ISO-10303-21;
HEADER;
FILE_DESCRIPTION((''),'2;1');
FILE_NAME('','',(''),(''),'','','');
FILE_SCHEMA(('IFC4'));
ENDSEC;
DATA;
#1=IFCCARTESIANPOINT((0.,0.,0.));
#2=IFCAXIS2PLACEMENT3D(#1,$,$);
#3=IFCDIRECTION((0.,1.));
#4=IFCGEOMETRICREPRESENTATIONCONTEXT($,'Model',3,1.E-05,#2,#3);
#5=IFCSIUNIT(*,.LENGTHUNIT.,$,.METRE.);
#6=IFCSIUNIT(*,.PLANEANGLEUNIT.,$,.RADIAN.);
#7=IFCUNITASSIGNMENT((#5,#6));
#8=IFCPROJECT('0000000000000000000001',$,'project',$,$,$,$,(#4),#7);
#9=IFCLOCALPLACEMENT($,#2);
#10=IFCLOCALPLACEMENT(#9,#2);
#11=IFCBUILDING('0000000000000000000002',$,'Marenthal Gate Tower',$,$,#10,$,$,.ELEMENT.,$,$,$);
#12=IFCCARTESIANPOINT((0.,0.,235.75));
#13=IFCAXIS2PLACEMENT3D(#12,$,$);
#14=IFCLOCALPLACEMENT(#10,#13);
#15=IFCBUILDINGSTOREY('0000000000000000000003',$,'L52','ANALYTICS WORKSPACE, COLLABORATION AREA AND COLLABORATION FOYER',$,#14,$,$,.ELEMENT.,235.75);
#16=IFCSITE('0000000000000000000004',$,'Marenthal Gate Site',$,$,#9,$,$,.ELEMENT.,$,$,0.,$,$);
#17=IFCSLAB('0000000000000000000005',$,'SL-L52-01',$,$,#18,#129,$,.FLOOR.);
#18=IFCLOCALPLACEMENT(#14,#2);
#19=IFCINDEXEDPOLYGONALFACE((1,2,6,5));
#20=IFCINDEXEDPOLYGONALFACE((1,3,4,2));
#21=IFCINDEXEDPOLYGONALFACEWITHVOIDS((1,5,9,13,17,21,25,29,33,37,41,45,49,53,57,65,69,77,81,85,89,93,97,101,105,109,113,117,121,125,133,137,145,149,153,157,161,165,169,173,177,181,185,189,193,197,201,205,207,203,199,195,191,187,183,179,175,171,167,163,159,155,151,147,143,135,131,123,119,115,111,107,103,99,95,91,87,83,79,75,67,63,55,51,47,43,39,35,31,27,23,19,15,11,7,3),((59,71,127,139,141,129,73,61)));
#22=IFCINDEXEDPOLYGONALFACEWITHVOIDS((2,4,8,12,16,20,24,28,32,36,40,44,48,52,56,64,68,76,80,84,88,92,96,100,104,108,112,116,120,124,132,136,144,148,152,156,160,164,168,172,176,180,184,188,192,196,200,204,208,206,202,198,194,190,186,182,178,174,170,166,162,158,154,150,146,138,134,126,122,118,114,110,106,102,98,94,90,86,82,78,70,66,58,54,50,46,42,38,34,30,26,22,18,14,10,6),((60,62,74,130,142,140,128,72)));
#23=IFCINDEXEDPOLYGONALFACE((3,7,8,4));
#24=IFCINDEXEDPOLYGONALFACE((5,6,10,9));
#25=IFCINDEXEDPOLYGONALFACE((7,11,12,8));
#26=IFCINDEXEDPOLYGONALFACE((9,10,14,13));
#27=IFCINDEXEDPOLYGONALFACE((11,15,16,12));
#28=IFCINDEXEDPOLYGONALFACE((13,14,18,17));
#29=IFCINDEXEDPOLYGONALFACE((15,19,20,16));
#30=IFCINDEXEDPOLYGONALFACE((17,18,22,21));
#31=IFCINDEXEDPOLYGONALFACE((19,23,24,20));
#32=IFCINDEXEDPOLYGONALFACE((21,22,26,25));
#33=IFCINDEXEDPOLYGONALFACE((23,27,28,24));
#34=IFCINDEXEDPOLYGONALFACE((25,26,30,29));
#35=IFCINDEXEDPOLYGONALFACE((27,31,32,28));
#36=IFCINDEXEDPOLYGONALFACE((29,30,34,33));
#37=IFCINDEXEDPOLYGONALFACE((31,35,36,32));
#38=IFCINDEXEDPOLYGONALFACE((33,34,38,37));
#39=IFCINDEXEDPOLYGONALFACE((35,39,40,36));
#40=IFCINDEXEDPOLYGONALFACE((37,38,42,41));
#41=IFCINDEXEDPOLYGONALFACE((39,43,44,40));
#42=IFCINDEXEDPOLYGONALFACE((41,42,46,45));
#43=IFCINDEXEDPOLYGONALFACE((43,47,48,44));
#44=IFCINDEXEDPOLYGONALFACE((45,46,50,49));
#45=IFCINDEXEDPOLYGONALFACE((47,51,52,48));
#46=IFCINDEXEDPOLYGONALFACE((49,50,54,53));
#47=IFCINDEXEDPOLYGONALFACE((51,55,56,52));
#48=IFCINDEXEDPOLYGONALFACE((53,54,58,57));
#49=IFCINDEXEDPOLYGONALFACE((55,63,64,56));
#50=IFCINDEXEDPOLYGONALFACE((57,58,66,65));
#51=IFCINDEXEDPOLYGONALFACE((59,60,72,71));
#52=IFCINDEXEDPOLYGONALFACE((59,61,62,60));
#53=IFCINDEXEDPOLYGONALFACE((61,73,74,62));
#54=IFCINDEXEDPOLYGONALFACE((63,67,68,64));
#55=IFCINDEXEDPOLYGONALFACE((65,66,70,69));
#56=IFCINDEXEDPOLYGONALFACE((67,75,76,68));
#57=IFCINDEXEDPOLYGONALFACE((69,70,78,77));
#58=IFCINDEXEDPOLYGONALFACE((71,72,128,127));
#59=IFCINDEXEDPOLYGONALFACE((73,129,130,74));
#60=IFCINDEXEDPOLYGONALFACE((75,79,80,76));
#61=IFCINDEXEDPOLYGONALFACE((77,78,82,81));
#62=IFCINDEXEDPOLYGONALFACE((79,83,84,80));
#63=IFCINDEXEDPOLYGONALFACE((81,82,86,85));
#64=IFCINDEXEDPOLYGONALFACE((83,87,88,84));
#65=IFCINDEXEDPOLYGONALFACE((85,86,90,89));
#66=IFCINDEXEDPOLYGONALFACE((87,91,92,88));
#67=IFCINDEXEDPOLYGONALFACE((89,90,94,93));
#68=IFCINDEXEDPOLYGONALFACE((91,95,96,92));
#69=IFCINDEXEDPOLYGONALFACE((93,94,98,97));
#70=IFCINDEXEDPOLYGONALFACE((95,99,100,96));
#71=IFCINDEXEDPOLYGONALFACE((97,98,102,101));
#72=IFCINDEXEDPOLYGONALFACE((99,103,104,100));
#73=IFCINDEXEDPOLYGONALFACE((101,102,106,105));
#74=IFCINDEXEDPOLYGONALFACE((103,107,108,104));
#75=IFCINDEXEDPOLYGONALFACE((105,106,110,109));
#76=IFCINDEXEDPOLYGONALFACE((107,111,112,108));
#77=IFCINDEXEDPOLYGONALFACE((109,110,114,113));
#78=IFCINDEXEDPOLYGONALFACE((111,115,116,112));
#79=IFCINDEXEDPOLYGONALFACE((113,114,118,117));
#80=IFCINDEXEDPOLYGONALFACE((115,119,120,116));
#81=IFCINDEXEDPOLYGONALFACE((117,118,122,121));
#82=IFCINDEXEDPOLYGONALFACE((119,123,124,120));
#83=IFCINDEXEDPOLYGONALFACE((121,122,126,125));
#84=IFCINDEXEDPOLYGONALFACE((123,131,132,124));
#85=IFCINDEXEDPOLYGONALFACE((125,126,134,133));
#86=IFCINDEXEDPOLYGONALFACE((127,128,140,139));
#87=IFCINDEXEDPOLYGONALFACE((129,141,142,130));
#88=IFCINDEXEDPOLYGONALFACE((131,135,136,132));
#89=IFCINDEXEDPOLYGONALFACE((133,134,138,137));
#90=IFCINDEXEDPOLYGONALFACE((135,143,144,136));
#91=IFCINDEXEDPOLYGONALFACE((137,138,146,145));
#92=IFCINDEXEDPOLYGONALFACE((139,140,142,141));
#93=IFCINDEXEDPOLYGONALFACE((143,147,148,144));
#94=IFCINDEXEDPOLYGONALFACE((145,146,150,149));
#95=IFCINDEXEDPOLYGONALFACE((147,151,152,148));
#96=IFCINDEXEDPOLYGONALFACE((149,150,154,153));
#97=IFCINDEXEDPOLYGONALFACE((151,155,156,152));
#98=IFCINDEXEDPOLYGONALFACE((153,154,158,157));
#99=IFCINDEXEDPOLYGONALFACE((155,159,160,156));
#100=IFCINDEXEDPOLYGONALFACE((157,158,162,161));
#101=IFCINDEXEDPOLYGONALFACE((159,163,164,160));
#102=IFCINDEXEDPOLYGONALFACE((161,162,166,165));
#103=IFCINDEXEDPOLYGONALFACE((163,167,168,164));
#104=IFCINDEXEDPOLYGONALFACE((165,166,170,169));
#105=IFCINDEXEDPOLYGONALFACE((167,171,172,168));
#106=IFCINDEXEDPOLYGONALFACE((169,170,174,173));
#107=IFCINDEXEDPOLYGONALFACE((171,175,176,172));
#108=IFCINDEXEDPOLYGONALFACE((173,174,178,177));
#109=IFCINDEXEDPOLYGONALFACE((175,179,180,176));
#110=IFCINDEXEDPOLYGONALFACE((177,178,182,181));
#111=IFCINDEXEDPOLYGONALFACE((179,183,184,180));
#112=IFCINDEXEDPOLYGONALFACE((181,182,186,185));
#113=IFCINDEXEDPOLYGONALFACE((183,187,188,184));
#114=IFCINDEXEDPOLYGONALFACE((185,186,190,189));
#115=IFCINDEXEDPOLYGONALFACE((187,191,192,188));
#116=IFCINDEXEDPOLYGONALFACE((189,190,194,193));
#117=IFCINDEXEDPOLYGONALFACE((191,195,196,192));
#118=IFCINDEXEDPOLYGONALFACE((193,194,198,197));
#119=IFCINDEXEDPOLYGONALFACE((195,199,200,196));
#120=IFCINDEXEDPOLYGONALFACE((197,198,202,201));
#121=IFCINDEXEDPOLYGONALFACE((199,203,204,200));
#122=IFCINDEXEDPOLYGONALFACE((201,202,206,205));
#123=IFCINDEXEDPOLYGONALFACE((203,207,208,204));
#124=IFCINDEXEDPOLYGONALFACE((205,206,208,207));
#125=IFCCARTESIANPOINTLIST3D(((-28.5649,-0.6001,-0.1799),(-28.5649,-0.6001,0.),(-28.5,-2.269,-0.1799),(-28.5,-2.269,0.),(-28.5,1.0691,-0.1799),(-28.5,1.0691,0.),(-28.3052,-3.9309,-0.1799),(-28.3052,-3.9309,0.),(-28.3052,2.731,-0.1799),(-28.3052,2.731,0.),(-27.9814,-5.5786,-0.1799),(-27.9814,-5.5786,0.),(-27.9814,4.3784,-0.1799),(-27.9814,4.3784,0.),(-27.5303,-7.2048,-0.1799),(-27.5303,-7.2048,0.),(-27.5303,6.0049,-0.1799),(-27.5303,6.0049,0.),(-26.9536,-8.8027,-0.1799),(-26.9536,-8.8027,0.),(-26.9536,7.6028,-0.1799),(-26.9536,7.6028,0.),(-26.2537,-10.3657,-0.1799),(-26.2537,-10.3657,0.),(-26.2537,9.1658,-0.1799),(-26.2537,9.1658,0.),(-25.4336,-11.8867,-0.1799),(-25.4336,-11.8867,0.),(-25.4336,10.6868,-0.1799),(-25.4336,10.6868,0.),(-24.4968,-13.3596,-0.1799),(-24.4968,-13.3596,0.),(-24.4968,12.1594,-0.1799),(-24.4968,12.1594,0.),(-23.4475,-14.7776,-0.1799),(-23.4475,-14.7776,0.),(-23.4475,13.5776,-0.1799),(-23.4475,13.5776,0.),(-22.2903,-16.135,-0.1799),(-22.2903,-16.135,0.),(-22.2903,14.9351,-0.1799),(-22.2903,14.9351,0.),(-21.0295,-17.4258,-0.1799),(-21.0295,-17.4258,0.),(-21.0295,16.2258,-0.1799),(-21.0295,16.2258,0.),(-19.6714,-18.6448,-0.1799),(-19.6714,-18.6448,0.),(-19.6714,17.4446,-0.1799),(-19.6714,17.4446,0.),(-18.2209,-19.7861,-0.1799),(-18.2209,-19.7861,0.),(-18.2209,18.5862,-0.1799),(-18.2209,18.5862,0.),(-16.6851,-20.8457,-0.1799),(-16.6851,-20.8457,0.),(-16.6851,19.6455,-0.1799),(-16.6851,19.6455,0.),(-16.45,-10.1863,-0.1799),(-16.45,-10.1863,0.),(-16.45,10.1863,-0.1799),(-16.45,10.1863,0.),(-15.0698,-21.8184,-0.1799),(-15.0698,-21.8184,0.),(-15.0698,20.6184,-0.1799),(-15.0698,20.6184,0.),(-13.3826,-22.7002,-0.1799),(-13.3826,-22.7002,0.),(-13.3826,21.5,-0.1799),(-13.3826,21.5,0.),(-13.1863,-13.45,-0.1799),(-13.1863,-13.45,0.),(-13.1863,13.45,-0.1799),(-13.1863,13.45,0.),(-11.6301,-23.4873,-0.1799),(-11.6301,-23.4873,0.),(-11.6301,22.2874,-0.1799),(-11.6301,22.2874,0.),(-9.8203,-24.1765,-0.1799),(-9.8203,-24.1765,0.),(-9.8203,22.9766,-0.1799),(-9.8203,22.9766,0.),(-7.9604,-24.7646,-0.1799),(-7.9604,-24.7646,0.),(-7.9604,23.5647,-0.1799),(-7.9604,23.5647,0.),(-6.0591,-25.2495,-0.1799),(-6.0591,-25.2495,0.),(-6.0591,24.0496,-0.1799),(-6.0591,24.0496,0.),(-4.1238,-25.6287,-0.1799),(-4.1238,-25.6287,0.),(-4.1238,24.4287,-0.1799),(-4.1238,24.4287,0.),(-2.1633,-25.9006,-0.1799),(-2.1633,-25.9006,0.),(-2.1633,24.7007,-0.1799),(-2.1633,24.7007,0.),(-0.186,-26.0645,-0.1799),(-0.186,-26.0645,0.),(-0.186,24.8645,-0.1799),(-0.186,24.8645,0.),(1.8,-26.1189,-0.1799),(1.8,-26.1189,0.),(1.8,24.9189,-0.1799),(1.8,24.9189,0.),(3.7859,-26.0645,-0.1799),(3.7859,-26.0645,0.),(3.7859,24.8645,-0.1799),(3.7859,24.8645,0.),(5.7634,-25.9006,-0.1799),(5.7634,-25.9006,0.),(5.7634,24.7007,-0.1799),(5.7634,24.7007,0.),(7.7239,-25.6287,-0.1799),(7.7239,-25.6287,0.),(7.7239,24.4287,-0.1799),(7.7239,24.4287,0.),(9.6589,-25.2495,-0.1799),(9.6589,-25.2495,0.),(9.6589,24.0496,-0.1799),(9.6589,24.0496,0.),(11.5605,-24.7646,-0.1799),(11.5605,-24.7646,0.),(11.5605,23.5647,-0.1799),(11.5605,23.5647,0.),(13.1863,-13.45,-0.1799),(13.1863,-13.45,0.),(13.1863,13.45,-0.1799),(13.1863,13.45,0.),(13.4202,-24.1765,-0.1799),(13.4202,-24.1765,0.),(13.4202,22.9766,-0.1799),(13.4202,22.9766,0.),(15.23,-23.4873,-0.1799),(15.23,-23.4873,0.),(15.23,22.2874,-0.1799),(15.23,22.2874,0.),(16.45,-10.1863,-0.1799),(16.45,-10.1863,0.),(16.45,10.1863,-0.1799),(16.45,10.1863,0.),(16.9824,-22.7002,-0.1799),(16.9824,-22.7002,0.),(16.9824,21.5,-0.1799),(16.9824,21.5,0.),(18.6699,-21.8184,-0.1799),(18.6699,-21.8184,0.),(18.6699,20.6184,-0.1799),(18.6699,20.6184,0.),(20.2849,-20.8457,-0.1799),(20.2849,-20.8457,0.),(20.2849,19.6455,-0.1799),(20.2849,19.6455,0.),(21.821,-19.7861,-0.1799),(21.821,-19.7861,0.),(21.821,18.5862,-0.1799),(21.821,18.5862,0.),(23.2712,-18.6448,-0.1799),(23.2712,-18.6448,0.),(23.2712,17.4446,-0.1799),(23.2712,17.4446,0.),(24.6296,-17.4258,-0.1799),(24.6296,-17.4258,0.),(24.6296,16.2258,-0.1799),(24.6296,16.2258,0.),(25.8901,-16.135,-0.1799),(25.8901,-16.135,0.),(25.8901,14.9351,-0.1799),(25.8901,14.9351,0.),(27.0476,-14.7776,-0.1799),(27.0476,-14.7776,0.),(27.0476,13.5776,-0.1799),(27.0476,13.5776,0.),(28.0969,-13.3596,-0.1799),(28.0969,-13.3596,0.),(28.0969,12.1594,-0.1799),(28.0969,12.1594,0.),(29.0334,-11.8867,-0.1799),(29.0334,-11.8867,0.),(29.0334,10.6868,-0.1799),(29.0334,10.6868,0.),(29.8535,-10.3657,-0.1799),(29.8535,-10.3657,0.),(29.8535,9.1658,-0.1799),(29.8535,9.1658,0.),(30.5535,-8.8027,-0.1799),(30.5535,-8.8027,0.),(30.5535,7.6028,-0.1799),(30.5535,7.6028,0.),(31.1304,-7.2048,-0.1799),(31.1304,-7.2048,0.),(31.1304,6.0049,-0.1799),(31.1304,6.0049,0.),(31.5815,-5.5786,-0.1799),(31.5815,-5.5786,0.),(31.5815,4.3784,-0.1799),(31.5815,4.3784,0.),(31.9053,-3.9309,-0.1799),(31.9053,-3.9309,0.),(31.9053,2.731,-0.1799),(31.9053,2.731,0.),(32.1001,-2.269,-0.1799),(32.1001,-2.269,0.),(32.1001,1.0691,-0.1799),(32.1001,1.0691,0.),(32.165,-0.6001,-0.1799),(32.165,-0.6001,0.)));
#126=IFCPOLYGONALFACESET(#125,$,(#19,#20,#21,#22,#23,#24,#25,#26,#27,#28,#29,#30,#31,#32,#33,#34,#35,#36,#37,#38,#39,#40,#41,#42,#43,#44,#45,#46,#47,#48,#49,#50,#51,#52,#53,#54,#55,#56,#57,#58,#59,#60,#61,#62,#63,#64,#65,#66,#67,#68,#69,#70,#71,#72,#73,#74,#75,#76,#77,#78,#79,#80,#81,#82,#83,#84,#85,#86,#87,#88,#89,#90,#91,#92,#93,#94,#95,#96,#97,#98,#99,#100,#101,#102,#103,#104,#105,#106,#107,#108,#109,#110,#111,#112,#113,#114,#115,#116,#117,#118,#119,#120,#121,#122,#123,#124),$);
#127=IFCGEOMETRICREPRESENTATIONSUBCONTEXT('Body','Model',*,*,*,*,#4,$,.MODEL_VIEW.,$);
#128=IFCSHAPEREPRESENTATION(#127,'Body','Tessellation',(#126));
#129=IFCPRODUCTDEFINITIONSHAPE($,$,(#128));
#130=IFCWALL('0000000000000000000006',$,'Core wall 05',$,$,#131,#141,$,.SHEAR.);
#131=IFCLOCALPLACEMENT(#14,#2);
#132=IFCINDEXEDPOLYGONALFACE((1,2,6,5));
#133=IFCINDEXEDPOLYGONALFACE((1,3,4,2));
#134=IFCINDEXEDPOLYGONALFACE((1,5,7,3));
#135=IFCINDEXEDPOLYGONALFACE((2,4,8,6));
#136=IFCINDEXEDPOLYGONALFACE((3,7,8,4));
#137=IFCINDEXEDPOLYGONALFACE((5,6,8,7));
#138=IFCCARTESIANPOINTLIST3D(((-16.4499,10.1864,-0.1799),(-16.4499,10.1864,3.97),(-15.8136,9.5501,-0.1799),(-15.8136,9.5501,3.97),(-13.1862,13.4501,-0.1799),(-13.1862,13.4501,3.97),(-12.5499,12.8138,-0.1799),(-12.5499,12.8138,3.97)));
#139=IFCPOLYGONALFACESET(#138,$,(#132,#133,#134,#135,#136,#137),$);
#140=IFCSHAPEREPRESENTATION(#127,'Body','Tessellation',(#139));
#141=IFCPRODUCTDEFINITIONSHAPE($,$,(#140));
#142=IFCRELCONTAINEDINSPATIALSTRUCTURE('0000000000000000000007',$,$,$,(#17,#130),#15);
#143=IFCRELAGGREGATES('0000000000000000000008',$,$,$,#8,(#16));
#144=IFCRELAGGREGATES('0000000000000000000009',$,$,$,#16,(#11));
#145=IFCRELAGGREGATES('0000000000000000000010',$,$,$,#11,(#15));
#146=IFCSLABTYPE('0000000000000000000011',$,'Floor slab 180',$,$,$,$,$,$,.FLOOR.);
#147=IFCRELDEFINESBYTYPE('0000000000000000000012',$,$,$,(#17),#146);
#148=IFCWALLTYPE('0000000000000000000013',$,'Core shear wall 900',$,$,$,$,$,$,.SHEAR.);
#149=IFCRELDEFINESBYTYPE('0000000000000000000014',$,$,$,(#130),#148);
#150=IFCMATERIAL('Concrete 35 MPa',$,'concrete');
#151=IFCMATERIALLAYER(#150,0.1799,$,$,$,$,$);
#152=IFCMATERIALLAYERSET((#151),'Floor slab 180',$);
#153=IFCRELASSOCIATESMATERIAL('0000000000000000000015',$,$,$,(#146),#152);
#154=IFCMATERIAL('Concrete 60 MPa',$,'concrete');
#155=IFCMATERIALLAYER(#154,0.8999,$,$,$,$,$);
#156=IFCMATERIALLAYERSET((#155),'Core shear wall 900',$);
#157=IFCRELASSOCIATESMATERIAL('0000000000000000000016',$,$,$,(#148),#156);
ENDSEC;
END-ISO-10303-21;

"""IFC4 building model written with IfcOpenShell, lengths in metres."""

from ifc_helpers import new_model, si_unit, direction, frame, frame_2d, origin, place, context, subcontext, project, spatial, polyline, rectangle, outline, extrude, material, layer, layer_set, type_object, element, save


model = new_model("IFC4")

# Units and contexts
model_context = context("Model", 3, precision=1e-05, world=origin(), true_north=direction((0.0, 1.0)))
body_context = subcontext(model_context, "Body", "Model", "MODEL_VIEW")
ifc_project = project(units=[si_unit("LENGTHUNIT", "METRE"), si_unit("PLANEANGLEUNIT", "RADIAN")], contexts=[model_context])

# Site, building, storey
site_placement = place(None, origin())
site = spatial("IfcSite", under=ifc_project, at=site_placement, Name="Marenthal Gate Site", CompositionType="ELEMENT", RefElevation=0.0)
building_placement = place(site_placement, origin())
building = spatial("IfcBuilding", under=site, at=building_placement, Name="Marenthal Gate Tower", CompositionType="ELEMENT")
storey_placement = place(building_placement, frame((0.0, 0.0, 235.75)))
storey = spatial("IfcBuildingStorey", under=building, at=storey_placement, Name="L52", Description="ANALYTICS WORKSPACE, COLLABORATION AREA AND COLLABORATION FOYER", CompositionType="ELEMENT", Elevation=235.75)

# Slab
ifc_material_1 = material(Name="Concrete 35 MPa", Category="concrete")
ifc_layer_1 = layer(ifc_material_1, 0.1799)
ifc_layer_set_1 = layer_set([ifc_layer_1], Name="Floor slab 180")
slab_type_1 = type_object("IfcSlabType", Name="Floor slab 180", PredefinedType="FLOOR", material=ifc_layer_set_1)
slab_1_placement = place(storey_placement, frame((0.0, 0.0, -0.1799)))
element("IfcSlab", 1, at=slab_1_placement, inside=storey, type_object=slab_type_1, Name="SL-L52-01", PredefinedType="FLOOR", context=body_context, shape_type="SweptSolid", body=[
    extrude(outline(polyline([(32.165, -0.6001), (32.1001, 1.0691), (31.9053, 2.731), (31.5815, 4.3784), (31.1304, 6.0049), (30.5535, 7.6028), (29.8535, 9.1658), (29.0334, 10.6868), (28.0969, 12.1594), (27.0476, 13.5776), (25.8901, 14.9351), (24.6296, 16.2258), (23.2712, 17.4446), (21.821, 18.5862), (20.2849, 19.6455), (18.6699, 20.6184), (16.9824, 21.5), (15.23, 22.2874), (13.4202, 22.9766), (11.5605, 23.5647), (9.6589, 24.0496), (7.7239, 24.4287), (5.7634, 24.7007), (3.7859, 24.8645), (1.8, 24.9189), (-0.186, 24.8645), (-2.1633, 24.7007), (-4.1238, 24.4287), (-6.0591, 24.0496), (-7.9604, 23.5647), (-9.8203, 22.9766), (-11.6301, 22.2874), (-13.3826, 21.5), (-15.0698, 20.6184), (-16.6851, 19.6455), (-18.2209, 18.5862), (-19.6714, 17.4446), (-21.0295, 16.2258), (-22.2903, 14.9351), (-23.4475, 13.5776), (-24.4968, 12.1594), (-25.4336, 10.6868), (-26.2537, 9.1658), (-26.9536, 7.6028), (-27.5303, 6.0049), (-27.9814, 4.3784), (-28.3052, 2.731), (-28.5, 1.0691), (-28.5649, -0.6001), (-28.5, -2.269), (-28.3052, -3.9309), (-27.9814, -5.5786), (-27.5303, -7.2048), (-26.9536, -8.8027), (-26.2537, -10.3657), (-25.4336, -11.8867), (-24.4968, -13.3596), (-23.4475, -14.7776), (-22.2903, -16.135), (-21.0295, -17.4258), (-19.6714, -18.6448), (-18.2209, -19.7861), (-16.6851, -20.8457), (-15.0698, -21.8184), (-13.3826, -22.7002), (-11.6301, -23.4873), (-9.8203, -24.1765), (-7.9604, -24.7646), (-6.0591, -25.2495), (-4.1238, -25.6287), (-2.1633, -25.9006), (-0.186, -26.0645), (1.8, -26.1189), (3.7859, -26.0645), (5.7634, -25.9006), (7.7239, -25.6287), (9.6589, -25.2495), (11.5605, -24.7646), (13.4202, -24.1765), (15.23, -23.4873), (16.9824, -22.7002), (18.6699, -21.8184), (20.2849, -20.8457), (21.821, -19.7861), (23.2712, -18.6448), (24.6296, -17.4258), (25.8901, -16.135), (27.0476, -14.7776), (28.0969, -13.3596), (29.0334, -11.8867), (29.8535, -10.3657), (30.5535, -8.8027), (31.1304, -7.2048), (31.5815, -5.5786), (31.9053, -3.9309), (32.1001, -2.269), (32.165, -0.6001)]), holes=[polyline([(13.1863, -13.45), (16.45, -10.1863), (16.45, 10.1863), (13.1863, 13.45), (-13.1863, 13.45), (-16.45, 10.1863), (-16.45, -10.1863), (-13.1863, -13.45), (13.1863, -13.45)])]), origin(), (0.0, 0.0, 1.0), 0.1799),
])

# Wall
ifc_material_2 = material(Name="Concrete 60 MPa", Category="concrete")
ifc_layer_2 = layer(ifc_material_2, 0.8999)
ifc_layer_set_2 = layer_set([ifc_layer_2], Name="Core shear wall 900")
wall_type_1 = type_object("IfcWallType", Name="Core shear wall 900", PredefinedType="SHEAR", material=ifc_layer_set_2)
wall_1_placement = place(storey_placement, frame((-12.8682, 13.1318, -0.1799), z_axis=(0.0, 0.0, 1.0), x_axis=(-0.707107, -0.707107, 0.0)))
element("IfcWall", 2, at=wall_1_placement, inside=storey, type_object=wall_type_1, Name="Core wall 05", PredefinedType="SHEAR", context=body_context, shape_type="SweptSolid", body=[
    extrude(rectangle(XDim=4.6155, YDim=0.8999, at=frame_2d((2.3076, 0.0))), origin(), (0.0, 0.0, 1.0), 4.1499),
])

save(model, "model.ifc")
